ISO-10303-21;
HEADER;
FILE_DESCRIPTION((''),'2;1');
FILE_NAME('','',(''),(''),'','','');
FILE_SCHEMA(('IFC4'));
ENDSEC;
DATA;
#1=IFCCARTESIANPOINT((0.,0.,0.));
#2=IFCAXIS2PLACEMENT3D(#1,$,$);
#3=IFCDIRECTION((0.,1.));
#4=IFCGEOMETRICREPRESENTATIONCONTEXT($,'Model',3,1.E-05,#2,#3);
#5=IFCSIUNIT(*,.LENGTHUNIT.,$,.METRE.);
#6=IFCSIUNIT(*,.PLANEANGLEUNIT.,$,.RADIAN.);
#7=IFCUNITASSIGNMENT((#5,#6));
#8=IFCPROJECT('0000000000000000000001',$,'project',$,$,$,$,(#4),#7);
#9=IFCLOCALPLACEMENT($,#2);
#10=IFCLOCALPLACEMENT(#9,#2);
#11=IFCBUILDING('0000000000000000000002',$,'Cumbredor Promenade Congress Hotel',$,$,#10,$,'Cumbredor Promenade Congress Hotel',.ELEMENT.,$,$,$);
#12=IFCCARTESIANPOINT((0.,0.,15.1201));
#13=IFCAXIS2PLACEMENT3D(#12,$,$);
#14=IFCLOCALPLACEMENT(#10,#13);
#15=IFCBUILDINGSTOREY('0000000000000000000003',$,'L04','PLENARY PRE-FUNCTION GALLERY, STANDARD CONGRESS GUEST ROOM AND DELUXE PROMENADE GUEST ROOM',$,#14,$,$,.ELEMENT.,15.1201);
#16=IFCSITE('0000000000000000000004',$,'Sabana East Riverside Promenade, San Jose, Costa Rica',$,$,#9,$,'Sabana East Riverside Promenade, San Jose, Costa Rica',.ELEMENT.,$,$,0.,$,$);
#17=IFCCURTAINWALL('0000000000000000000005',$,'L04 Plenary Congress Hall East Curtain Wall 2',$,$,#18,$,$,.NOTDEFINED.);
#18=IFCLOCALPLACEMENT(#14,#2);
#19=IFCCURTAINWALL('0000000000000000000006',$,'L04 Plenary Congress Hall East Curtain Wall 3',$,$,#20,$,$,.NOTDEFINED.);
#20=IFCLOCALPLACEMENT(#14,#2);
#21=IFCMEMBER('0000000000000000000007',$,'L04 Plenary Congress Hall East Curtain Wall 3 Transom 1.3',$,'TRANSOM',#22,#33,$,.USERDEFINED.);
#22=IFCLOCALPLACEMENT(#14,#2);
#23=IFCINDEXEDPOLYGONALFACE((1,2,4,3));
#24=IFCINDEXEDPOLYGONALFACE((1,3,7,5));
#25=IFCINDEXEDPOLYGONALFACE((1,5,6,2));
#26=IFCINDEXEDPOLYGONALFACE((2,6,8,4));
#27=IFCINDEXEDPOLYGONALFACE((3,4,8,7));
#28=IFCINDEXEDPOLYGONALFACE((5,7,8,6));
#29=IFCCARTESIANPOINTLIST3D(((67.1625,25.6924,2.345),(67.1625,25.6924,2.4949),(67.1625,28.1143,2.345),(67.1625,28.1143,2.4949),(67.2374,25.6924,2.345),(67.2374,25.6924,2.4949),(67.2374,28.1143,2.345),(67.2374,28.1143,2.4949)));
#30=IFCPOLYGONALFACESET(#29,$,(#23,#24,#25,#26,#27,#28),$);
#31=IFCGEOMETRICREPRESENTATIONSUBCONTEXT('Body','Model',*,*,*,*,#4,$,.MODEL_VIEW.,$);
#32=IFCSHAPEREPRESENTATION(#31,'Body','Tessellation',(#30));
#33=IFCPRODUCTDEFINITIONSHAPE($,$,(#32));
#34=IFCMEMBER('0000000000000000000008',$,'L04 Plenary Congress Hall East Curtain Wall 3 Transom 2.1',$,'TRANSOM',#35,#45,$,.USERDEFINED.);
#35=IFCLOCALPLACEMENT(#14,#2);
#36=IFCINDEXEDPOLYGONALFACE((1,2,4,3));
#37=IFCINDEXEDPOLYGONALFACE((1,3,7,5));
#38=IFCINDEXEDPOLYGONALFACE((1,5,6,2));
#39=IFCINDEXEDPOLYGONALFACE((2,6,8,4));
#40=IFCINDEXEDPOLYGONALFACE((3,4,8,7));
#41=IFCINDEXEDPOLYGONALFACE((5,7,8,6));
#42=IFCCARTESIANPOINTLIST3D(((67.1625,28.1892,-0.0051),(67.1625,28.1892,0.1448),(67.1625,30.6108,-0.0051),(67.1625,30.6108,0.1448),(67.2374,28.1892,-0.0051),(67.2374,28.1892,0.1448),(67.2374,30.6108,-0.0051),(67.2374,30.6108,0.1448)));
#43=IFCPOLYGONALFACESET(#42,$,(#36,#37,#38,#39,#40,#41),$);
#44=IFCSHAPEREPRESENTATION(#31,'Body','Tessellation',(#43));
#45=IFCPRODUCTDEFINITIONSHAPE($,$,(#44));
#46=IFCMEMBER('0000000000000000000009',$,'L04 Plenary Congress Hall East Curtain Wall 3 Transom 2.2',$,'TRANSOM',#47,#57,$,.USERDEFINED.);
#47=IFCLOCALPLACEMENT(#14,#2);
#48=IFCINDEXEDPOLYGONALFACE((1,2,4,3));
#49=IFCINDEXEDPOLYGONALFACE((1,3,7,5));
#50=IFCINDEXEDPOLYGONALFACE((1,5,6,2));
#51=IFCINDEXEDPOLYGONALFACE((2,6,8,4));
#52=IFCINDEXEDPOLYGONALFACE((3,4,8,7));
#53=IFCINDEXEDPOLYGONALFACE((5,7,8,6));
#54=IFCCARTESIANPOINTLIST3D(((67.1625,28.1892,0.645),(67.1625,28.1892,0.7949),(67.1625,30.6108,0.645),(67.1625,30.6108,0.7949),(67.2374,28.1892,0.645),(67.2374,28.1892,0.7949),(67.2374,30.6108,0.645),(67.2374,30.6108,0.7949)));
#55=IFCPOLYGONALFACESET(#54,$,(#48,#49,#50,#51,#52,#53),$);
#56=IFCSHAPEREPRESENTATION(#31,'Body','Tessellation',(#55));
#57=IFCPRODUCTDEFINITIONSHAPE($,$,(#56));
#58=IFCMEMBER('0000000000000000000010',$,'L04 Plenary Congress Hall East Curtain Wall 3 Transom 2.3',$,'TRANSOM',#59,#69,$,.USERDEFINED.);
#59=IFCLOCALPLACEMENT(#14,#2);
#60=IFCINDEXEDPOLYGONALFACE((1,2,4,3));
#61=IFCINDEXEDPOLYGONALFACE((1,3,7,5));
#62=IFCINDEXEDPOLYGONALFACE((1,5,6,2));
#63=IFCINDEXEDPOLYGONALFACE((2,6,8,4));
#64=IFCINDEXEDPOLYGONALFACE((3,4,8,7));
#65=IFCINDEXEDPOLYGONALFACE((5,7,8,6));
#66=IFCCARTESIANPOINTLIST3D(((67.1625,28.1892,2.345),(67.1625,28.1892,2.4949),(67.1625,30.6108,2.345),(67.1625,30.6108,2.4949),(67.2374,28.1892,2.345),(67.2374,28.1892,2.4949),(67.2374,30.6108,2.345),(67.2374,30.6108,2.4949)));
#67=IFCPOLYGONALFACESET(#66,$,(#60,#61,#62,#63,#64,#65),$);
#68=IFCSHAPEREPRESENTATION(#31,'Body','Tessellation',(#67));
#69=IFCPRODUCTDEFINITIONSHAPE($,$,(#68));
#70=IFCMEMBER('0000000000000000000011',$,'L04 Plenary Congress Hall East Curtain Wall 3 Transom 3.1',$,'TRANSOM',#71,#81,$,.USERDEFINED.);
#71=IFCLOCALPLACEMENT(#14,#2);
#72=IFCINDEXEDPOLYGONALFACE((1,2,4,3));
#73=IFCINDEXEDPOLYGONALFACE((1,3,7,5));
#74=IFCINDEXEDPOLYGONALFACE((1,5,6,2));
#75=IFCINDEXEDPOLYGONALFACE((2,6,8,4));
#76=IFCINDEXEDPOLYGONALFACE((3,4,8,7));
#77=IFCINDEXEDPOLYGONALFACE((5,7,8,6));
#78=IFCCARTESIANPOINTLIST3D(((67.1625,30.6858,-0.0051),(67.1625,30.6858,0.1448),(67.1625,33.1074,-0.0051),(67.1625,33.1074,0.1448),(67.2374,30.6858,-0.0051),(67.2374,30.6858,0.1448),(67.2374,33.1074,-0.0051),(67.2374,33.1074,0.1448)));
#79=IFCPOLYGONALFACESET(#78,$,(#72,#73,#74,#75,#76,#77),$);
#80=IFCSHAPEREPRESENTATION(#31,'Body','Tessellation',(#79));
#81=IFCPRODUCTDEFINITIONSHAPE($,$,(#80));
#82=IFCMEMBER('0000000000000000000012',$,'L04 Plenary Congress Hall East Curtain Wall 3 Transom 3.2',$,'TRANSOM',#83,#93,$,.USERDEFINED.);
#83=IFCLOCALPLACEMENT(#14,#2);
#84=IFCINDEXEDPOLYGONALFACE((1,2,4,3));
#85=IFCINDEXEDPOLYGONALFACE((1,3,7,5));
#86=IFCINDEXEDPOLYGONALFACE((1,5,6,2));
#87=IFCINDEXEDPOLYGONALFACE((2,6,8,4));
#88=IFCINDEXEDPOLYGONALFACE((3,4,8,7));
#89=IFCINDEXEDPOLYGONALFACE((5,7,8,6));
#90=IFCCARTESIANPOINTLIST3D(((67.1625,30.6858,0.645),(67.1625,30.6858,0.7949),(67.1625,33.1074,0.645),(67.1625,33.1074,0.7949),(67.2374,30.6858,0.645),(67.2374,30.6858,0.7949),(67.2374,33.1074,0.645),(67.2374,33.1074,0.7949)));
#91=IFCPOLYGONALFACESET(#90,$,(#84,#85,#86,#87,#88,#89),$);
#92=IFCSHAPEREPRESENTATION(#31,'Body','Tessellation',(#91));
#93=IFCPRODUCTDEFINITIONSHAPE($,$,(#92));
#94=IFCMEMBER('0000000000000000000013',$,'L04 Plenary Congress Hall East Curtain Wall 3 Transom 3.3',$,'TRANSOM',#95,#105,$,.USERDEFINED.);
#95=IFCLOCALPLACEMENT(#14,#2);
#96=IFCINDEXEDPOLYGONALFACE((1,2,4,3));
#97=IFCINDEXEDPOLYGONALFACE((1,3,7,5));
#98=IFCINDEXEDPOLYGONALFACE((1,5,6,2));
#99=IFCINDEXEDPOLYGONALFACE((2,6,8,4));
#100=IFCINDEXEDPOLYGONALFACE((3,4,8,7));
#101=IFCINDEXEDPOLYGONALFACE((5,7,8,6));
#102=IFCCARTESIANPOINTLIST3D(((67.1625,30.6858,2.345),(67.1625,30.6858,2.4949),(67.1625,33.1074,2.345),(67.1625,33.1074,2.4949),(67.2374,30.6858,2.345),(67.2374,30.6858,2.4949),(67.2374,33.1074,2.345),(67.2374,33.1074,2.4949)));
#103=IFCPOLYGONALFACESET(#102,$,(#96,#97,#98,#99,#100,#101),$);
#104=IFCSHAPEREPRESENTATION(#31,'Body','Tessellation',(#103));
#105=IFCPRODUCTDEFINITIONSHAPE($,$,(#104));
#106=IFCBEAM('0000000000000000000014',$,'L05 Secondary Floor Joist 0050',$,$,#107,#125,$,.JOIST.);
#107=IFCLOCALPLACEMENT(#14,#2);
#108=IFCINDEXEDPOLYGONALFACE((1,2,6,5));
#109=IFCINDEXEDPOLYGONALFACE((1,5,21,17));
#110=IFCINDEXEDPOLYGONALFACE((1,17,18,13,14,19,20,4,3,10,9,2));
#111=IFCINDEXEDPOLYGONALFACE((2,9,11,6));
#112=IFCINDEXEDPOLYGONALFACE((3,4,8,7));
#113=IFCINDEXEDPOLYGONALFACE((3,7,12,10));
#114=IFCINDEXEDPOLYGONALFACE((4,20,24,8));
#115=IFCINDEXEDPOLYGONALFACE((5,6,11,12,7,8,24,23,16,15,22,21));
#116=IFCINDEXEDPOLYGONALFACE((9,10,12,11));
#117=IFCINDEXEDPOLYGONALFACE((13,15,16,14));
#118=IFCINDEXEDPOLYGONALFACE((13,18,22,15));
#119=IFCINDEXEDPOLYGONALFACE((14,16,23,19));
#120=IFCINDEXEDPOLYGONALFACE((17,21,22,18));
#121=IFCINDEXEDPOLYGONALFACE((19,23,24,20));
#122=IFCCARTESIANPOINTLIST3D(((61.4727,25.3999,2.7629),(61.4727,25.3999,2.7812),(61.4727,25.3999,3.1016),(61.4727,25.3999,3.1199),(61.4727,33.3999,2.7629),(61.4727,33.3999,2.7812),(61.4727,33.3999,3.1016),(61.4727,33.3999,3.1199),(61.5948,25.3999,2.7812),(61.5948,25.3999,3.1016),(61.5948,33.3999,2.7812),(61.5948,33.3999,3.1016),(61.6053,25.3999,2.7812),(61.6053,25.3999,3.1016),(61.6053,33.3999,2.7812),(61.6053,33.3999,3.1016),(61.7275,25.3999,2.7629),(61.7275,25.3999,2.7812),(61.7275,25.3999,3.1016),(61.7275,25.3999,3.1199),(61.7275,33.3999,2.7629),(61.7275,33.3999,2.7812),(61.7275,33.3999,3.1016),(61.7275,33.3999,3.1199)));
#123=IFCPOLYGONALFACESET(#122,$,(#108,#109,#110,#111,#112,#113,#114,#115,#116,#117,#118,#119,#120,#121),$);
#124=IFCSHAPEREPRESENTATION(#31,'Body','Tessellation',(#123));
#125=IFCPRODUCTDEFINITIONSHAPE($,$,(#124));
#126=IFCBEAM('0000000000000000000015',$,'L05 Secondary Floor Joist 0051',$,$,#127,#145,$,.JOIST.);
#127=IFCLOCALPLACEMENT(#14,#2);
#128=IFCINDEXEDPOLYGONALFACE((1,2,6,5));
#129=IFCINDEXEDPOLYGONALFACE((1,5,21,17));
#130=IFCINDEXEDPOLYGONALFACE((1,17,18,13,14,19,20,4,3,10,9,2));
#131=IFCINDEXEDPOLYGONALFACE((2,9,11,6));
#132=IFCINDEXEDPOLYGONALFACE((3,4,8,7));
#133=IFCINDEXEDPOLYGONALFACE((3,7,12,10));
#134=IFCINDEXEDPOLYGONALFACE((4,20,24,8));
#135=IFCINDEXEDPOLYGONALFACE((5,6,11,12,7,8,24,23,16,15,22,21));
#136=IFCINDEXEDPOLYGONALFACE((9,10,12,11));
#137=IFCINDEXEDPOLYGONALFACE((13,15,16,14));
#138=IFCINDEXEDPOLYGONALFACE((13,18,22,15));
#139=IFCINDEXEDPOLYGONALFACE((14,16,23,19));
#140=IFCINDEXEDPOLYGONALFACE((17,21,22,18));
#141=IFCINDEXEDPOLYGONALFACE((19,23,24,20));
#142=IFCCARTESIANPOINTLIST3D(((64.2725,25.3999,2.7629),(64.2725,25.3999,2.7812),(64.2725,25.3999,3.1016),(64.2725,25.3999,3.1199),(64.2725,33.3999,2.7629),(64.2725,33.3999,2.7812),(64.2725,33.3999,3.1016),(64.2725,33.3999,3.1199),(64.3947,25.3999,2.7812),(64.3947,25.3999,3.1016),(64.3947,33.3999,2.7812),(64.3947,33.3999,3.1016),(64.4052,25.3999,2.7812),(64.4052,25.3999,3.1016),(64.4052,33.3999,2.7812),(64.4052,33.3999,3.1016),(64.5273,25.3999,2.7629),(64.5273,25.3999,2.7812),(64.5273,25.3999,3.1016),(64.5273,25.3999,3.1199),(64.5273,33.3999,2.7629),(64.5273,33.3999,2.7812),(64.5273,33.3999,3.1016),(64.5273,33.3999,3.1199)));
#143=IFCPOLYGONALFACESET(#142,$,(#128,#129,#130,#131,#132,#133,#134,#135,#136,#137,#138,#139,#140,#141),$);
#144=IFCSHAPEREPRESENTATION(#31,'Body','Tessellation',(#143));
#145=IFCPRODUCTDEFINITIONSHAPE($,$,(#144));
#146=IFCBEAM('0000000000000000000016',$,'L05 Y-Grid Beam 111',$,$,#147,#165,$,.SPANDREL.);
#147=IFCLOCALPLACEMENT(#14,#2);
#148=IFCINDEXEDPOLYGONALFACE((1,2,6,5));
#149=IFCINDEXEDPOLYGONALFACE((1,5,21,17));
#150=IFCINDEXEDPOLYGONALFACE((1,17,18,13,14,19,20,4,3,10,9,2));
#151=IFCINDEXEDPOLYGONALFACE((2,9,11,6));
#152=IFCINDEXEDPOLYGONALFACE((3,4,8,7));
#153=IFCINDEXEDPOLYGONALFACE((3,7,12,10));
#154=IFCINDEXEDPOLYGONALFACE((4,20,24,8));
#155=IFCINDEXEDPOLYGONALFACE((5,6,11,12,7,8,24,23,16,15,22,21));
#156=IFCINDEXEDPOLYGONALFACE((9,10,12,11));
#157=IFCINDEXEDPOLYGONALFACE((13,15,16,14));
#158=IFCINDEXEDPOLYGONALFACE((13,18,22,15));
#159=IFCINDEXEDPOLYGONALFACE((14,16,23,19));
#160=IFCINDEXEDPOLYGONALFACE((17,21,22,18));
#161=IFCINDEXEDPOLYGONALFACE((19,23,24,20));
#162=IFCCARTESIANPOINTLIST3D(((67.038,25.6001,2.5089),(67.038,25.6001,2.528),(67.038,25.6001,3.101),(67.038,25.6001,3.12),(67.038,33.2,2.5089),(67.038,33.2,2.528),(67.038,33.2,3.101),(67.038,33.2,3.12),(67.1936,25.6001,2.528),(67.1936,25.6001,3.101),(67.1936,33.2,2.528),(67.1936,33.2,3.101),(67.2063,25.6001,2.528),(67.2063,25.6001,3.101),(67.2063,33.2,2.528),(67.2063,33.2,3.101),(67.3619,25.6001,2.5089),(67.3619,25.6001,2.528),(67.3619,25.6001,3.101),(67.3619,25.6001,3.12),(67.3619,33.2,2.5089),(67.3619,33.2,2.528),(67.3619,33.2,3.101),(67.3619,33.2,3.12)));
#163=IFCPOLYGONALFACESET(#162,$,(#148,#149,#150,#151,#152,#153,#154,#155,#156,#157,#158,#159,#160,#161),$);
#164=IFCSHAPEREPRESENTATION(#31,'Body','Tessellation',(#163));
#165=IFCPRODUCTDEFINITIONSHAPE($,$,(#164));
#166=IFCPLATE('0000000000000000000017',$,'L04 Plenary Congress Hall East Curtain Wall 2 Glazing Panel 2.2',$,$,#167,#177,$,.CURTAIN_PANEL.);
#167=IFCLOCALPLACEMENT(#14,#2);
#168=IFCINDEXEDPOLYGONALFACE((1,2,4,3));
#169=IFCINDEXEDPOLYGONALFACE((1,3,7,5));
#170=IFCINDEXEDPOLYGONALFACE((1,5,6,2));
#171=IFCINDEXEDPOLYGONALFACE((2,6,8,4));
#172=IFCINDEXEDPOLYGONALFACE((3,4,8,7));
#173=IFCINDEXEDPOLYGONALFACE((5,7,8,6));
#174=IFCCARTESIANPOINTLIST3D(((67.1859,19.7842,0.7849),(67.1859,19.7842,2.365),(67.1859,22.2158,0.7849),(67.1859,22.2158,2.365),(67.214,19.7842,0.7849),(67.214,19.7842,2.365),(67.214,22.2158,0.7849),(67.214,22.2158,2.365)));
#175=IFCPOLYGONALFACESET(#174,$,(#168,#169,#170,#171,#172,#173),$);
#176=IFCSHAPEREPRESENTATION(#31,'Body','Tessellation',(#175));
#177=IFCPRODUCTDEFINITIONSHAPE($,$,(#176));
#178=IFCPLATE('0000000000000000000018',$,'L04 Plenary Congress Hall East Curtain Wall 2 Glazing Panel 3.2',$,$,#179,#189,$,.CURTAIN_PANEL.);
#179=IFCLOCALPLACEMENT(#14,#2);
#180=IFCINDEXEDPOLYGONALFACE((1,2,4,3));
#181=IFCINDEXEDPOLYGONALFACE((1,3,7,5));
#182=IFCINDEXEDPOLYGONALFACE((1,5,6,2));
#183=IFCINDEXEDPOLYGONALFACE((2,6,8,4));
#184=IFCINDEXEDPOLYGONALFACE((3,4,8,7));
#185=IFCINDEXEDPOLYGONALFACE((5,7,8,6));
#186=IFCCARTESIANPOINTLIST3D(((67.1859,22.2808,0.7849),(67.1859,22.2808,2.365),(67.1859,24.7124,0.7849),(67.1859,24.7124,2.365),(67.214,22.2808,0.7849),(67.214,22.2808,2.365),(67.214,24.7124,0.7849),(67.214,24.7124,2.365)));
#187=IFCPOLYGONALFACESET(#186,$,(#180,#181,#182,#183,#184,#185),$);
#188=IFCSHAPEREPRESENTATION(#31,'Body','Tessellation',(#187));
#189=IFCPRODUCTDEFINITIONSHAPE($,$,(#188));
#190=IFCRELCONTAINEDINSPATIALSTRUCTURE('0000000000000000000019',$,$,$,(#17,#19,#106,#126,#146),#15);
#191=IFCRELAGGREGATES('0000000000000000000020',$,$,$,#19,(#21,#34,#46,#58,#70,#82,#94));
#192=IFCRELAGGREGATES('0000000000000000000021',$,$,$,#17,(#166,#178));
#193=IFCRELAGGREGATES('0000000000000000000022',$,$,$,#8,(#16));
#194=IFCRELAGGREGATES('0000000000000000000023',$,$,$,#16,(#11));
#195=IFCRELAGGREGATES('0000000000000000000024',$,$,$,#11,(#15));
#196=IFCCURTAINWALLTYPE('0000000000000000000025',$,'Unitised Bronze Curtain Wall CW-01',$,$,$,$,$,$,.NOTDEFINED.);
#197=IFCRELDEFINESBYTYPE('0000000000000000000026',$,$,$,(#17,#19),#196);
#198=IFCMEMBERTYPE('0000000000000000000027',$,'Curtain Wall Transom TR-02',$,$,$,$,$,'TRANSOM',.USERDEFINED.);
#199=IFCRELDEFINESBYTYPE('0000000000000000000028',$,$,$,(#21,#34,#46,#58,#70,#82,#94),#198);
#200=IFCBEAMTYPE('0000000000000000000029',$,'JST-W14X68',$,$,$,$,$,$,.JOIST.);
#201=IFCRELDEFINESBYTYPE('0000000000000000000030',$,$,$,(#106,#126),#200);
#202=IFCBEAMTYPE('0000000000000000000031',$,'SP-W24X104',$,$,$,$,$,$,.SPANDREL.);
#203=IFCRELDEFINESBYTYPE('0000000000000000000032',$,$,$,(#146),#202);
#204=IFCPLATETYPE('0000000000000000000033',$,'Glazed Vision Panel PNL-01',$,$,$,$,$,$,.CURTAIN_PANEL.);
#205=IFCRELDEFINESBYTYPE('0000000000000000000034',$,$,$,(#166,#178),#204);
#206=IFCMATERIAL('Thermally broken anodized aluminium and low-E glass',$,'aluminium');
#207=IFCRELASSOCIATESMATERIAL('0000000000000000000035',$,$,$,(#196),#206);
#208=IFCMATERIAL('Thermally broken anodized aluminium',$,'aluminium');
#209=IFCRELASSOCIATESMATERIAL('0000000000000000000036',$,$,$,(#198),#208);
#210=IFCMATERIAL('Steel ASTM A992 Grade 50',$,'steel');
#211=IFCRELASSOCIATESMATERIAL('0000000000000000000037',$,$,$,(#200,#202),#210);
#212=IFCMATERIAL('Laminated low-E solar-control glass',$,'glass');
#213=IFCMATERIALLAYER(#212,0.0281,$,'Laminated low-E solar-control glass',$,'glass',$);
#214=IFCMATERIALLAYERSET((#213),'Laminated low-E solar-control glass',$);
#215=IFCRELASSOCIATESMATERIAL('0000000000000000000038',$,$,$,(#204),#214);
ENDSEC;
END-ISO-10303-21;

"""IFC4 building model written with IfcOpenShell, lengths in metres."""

from ifc_helpers import new_model, si_unit, direction, frame, origin, origin_2d, place, context, subcontext, project, spatial, rectangle, i_section, extrude, material, layer, layer_set, material_profile, profile_set, type_object, element, aggregate, save


model = new_model("IFC4")

# Units and contexts
model_context = context("Model", 3, precision=1e-05, world=origin(), true_north=direction((0.0, 1.0)))
body_context = subcontext(model_context, "Body", "Model", "MODEL_VIEW")
ifc_project = project(units=[si_unit("LENGTHUNIT", "METRE"), si_unit("PLANEANGLEUNIT", "RADIAN")], contexts=[model_context])

# Site, building, storey
site_placement = place(None, origin())
site = spatial("IfcSite", under=ifc_project, at=site_placement, Name="Sabana East Riverside Promenade, San Jose, Costa Rica", LongName="Sabana East Riverside Promenade, San Jose, Costa Rica", CompositionType="ELEMENT", RefElevation=0.0)
building_placement = place(site_placement, origin())
building = spatial("IfcBuilding", under=site, at=building_placement, Name="Cumbredor Promenade Congress Hotel", LongName="Cumbredor Promenade Congress Hotel", CompositionType="ELEMENT")
storey_placement = place(building_placement, frame((0.0, 0.0, 15.1201)))
storey = spatial("IfcBuildingStorey", under=building, at=storey_placement, Name="L04", Description="PLENARY PRE-FUNCTION GALLERY, STANDARD CONGRESS GUEST ROOM AND DELUXE PROMENADE GUEST ROOM", CompositionType="ELEMENT", Elevation=15.1201)

# Curtain walls
ifc_material_1 = material(Name="Thermally broken anodized aluminium and low-E glass", Category="aluminium")
curtain_wall_type = type_object("IfcCurtainWallType", Name="Unitised Bronze Curtain Wall CW-01", PredefinedType="NOTDEFINED", material=ifc_material_1)
curtain_wall_1_placement = place(storey_placement, origin())
curtain_wall_1 = element("IfcCurtainWall", 1, at=curtain_wall_1_placement, inside=storey, type_object=curtain_wall_type, Name="L04 Plenary Congress Hall East Curtain Wall 2", PredefinedType="NOTDEFINED")
ifc_material_2 = material(Name="Thermally broken anodized aluminium", Category="aluminium")
curtain_wall_2_placement = place(storey_placement, origin())
curtain_wall_2 = element("IfcCurtainWall", 2, at=curtain_wall_2_placement, inside=storey, type_object=curtain_wall_type, Name="L04 Plenary Congress Hall East Curtain Wall 3", PredefinedType="NOTDEFINED")

# Members
ifc_material_profile_1 = material_profile(ifc_material_2, rectangle(XDim=0.075, YDim=0.1499, at=origin_2d()), Name="ALU TRANSOM 75x150")
ifc_profile_set_1 = profile_set([ifc_material_profile_1], Name="Thermally broken anodized aluminium")
member_type_1 = type_object("IfcMemberType", Name="Curtain Wall Transom TR-02", ElementType="TRANSOM", PredefinedType="USERDEFINED", material=ifc_profile_set_1)
member_1_placement = place(storey_placement, frame((67.2, 25.6924, 2.4199), z_axis=(0.0, 1.0, 0.0), x_axis=(-1.0, 0.0, 0.0)))
member_1 = element("IfcMember", 3, at=member_1_placement, type_object=member_type_1, Name="L04 Plenary Congress Hall East Curtain Wall 3 Transom 1.3", ObjectType="TRANSOM", PredefinedType="USERDEFINED", context=body_context, shape_type="SweptSolid", body=[
    extrude(rectangle(XDim=0.075, YDim=0.1499, at=origin_2d()), origin(), (0.0, 0.0, 1.0), 2.4219),
])
member_2_placement = place(storey_placement, frame((67.2, 28.1892, 0.0698), z_axis=(0.0, 1.0, 0.0), x_axis=(-1.0, 0.0, 0.0)))
member_2 = element("IfcMember", 4, at=member_2_placement, type_object=member_type_1, Name="L04 Plenary Congress Hall East Curtain Wall 3 Transom 2.1", ObjectType="TRANSOM", PredefinedType="USERDEFINED", context=body_context, shape_type="SweptSolid", body=[
    extrude(rectangle(XDim=0.075, YDim=0.1499, at=origin_2d()), origin(), (0.0, 0.0, 1.0), 2.4216),
])
member_3_placement = place(storey_placement, frame((67.2, 28.1892, 0.72), z_axis=(0.0, 1.0, 0.0), x_axis=(-1.0, 0.0, 0.0)))
member_3 = element("IfcMember", 5, at=member_3_placement, type_object=member_type_1, Name="L04 Plenary Congress Hall East Curtain Wall 3 Transom 2.2", ObjectType="TRANSOM", PredefinedType="USERDEFINED", context=body_context, shape_type="SweptSolid", body=[
    extrude(rectangle(XDim=0.075, YDim=0.1499, at=origin_2d()), origin(), (0.0, 0.0, 1.0), 2.4216),
])
member_4_placement = place(storey_placement, frame((67.2, 28.1892, 2.4199), z_axis=(0.0, 1.0, 0.0), x_axis=(-1.0, 0.0, 0.0)))
member_4 = element("IfcMember", 6, at=member_4_placement, type_object=member_type_1, Name="L04 Plenary Congress Hall East Curtain Wall 3 Transom 2.3", ObjectType="TRANSOM", PredefinedType="USERDEFINED", context=body_context, shape_type="SweptSolid", body=[
    extrude(rectangle(XDim=0.075, YDim=0.1499, at=origin_2d()), origin(), (0.0, 0.0, 1.0), 2.4216),
])
member_5_placement = place(storey_placement, frame((67.2, 30.6858, 0.0698), z_axis=(0.0, 1.0, 0.0), x_axis=(-1.0, 0.0, 0.0)))
member_5 = element("IfcMember", 7, at=member_5_placement, type_object=member_type_1, Name="L04 Plenary Congress Hall East Curtain Wall 3 Transom 3.1", ObjectType="TRANSOM", PredefinedType="USERDEFINED", context=body_context, shape_type="SweptSolid", body=[
    extrude(rectangle(XDim=0.075, YDim=0.1499, at=origin_2d()), origin(), (0.0, 0.0, 1.0), 2.4216),
])
member_6_placement = place(storey_placement, frame((67.2, 30.6858, 0.72), z_axis=(0.0, 1.0, 0.0), x_axis=(-1.0, 0.0, 0.0)))
member_6 = element("IfcMember", 8, at=member_6_placement, type_object=member_type_1, Name="L04 Plenary Congress Hall East Curtain Wall 3 Transom 3.2", ObjectType="TRANSOM", PredefinedType="USERDEFINED", context=body_context, shape_type="SweptSolid", body=[
    extrude(rectangle(XDim=0.075, YDim=0.1499, at=origin_2d()), origin(), (0.0, 0.0, 1.0), 2.4216),
])
member_7_placement = place(storey_placement, frame((67.2, 30.6858, 2.4199), z_axis=(0.0, 1.0, 0.0), x_axis=(-1.0, 0.0, 0.0)))
member_7 = element("IfcMember", 9, at=member_7_placement, type_object=member_type_1, Name="L04 Plenary Congress Hall East Curtain Wall 3 Transom 3.3", ObjectType="TRANSOM", PredefinedType="USERDEFINED", context=body_context, shape_type="SweptSolid", body=[
    extrude(rectangle(XDim=0.075, YDim=0.1499, at=origin_2d()), origin(), (0.0, 0.0, 1.0), 2.4216),
])

# Beams
ifc_material_3 = material(Name="Steel ASTM A992 Grade 50", Category="steel")
ifc_material_profile_2 = material_profile(ifc_material_3, i_section(OverallWidth=0.2549, OverallDepth=0.3569, WebThickness=0.0105, FlangeThickness=0.0183, at=origin_2d()), Name="W14X68")
ifc_profile_set_2 = profile_set([ifc_material_profile_2], Name="Steel ASTM A992 Grade 50")
beam_type_1 = type_object("IfcBeamType", Name="JST-W14X68", PredefinedType="JOIST", material=ifc_profile_set_2)
for number, where, z_axis, x_axis, name in (
    (10, (61.6001, 25.3999, 2.9414), (0.0, 1.0, 0.0), (-1.0, 0.0, 0.0), "L05 Secondary Floor Joist 0050"),
    (11, (64.3999, 25.3999, 2.9414), (0.0, 1.0, 0.0), (-1.0, 0.0, 0.0), "L05 Secondary Floor Joist 0051"),
):
    element("IfcBeam", number, at=place(storey_placement, frame(where, z_axis=z_axis, x_axis=x_axis)), inside=storey, type_object=beam_type_1, Name=name, PredefinedType="JOIST", context=body_context, shape_type="SweptSolid", body=[
        extrude(i_section(OverallWidth=0.2549, OverallDepth=0.3569, WebThickness=0.0105, FlangeThickness=0.0183, at=origin_2d()), origin(), (0.0, 0.0, 1.0), 8.0),
    ])
ifc_material_profile_3 = material_profile(ifc_material_3, i_section(OverallWidth=0.324, OverallDepth=0.6111, WebThickness=0.0127, FlangeThickness=0.019, at=origin_2d()), Name="W24X104")
ifc_profile_set_3 = profile_set([ifc_material_profile_3], Name="Steel ASTM A992 Grade 50")
beam_type_2 = type_object("IfcBeamType", Name="SP-W24X104", PredefinedType="SPANDREL", material=ifc_profile_set_3)
beam_placement = place(storey_placement, frame((67.2, 25.6001, 2.8145), z_axis=(0.0, 1.0, 0.0), x_axis=(-1.0, 0.0, 0.0)))
element("IfcBeam", 12, at=beam_placement, inside=storey, type_object=beam_type_2, Name="L05 Y-Grid Beam 111", PredefinedType="SPANDREL", context=body_context, shape_type="SweptSolid", body=[
    extrude(i_section(OverallWidth=0.324, OverallDepth=0.6111, WebThickness=0.0127, FlangeThickness=0.019, at=origin_2d()), origin(), (0.0, 0.0, 1.0), 7.5999),
])

# Plates
ifc_material_4 = material(Name="Laminated low-E solar-control glass", Category="glass")
ifc_layer_1 = layer(ifc_material_4, 0.0281, Name="Laminated low-E solar-control glass", Category="glass")
ifc_layer_set_1 = layer_set([ifc_layer_1], Name="Laminated low-E solar-control glass")
plate_type_1 = type_object("IfcPlateType", Name="Glazed Vision Panel PNL-01", PredefinedType="CURTAIN_PANEL", material=ifc_layer_set_1)
plate_1_placement = place(storey_placement, frame((67.2, 21.0, 0.7849), z_axis=(0.0, 0.0, 1.0), x_axis=(0.0, 1.0, 0.0)))
plate_1 = element("IfcPlate", 13, at=plate_1_placement, type_object=plate_type_1, Name="L04 Plenary Congress Hall East Curtain Wall 2 Glazing Panel 2.2", PredefinedType="CURTAIN_PANEL", context=body_context, shape_type="SweptSolid", body=[
    extrude(rectangle(XDim=2.4316, YDim=0.0281, at=origin_2d()), origin(), (0.0, 0.0, 1.0), 1.5801),
])
plate_2_placement = place(storey_placement, frame((67.2, 23.4966, 0.7849), z_axis=(0.0, 0.0, 1.0), x_axis=(0.0, 1.0, 0.0)))
plate_2 = element("IfcPlate", 14, at=plate_2_placement, type_object=plate_type_1, Name="L04 Plenary Congress Hall East Curtain Wall 2 Glazing Panel 3.2", PredefinedType="CURTAIN_PANEL", context=body_context, shape_type="SweptSolid", body=[
    extrude(rectangle(XDim=2.4316, YDim=0.0281, at=origin_2d()), origin(), (0.0, 0.0, 1.0), 1.5801),
])
aggregate(curtain_wall_2, [member_1, member_2, member_3, member_4, member_5, member_6, member_7])
aggregate(curtain_wall_1, [plate_1, plate_2])

save(model, "model.ifc")
